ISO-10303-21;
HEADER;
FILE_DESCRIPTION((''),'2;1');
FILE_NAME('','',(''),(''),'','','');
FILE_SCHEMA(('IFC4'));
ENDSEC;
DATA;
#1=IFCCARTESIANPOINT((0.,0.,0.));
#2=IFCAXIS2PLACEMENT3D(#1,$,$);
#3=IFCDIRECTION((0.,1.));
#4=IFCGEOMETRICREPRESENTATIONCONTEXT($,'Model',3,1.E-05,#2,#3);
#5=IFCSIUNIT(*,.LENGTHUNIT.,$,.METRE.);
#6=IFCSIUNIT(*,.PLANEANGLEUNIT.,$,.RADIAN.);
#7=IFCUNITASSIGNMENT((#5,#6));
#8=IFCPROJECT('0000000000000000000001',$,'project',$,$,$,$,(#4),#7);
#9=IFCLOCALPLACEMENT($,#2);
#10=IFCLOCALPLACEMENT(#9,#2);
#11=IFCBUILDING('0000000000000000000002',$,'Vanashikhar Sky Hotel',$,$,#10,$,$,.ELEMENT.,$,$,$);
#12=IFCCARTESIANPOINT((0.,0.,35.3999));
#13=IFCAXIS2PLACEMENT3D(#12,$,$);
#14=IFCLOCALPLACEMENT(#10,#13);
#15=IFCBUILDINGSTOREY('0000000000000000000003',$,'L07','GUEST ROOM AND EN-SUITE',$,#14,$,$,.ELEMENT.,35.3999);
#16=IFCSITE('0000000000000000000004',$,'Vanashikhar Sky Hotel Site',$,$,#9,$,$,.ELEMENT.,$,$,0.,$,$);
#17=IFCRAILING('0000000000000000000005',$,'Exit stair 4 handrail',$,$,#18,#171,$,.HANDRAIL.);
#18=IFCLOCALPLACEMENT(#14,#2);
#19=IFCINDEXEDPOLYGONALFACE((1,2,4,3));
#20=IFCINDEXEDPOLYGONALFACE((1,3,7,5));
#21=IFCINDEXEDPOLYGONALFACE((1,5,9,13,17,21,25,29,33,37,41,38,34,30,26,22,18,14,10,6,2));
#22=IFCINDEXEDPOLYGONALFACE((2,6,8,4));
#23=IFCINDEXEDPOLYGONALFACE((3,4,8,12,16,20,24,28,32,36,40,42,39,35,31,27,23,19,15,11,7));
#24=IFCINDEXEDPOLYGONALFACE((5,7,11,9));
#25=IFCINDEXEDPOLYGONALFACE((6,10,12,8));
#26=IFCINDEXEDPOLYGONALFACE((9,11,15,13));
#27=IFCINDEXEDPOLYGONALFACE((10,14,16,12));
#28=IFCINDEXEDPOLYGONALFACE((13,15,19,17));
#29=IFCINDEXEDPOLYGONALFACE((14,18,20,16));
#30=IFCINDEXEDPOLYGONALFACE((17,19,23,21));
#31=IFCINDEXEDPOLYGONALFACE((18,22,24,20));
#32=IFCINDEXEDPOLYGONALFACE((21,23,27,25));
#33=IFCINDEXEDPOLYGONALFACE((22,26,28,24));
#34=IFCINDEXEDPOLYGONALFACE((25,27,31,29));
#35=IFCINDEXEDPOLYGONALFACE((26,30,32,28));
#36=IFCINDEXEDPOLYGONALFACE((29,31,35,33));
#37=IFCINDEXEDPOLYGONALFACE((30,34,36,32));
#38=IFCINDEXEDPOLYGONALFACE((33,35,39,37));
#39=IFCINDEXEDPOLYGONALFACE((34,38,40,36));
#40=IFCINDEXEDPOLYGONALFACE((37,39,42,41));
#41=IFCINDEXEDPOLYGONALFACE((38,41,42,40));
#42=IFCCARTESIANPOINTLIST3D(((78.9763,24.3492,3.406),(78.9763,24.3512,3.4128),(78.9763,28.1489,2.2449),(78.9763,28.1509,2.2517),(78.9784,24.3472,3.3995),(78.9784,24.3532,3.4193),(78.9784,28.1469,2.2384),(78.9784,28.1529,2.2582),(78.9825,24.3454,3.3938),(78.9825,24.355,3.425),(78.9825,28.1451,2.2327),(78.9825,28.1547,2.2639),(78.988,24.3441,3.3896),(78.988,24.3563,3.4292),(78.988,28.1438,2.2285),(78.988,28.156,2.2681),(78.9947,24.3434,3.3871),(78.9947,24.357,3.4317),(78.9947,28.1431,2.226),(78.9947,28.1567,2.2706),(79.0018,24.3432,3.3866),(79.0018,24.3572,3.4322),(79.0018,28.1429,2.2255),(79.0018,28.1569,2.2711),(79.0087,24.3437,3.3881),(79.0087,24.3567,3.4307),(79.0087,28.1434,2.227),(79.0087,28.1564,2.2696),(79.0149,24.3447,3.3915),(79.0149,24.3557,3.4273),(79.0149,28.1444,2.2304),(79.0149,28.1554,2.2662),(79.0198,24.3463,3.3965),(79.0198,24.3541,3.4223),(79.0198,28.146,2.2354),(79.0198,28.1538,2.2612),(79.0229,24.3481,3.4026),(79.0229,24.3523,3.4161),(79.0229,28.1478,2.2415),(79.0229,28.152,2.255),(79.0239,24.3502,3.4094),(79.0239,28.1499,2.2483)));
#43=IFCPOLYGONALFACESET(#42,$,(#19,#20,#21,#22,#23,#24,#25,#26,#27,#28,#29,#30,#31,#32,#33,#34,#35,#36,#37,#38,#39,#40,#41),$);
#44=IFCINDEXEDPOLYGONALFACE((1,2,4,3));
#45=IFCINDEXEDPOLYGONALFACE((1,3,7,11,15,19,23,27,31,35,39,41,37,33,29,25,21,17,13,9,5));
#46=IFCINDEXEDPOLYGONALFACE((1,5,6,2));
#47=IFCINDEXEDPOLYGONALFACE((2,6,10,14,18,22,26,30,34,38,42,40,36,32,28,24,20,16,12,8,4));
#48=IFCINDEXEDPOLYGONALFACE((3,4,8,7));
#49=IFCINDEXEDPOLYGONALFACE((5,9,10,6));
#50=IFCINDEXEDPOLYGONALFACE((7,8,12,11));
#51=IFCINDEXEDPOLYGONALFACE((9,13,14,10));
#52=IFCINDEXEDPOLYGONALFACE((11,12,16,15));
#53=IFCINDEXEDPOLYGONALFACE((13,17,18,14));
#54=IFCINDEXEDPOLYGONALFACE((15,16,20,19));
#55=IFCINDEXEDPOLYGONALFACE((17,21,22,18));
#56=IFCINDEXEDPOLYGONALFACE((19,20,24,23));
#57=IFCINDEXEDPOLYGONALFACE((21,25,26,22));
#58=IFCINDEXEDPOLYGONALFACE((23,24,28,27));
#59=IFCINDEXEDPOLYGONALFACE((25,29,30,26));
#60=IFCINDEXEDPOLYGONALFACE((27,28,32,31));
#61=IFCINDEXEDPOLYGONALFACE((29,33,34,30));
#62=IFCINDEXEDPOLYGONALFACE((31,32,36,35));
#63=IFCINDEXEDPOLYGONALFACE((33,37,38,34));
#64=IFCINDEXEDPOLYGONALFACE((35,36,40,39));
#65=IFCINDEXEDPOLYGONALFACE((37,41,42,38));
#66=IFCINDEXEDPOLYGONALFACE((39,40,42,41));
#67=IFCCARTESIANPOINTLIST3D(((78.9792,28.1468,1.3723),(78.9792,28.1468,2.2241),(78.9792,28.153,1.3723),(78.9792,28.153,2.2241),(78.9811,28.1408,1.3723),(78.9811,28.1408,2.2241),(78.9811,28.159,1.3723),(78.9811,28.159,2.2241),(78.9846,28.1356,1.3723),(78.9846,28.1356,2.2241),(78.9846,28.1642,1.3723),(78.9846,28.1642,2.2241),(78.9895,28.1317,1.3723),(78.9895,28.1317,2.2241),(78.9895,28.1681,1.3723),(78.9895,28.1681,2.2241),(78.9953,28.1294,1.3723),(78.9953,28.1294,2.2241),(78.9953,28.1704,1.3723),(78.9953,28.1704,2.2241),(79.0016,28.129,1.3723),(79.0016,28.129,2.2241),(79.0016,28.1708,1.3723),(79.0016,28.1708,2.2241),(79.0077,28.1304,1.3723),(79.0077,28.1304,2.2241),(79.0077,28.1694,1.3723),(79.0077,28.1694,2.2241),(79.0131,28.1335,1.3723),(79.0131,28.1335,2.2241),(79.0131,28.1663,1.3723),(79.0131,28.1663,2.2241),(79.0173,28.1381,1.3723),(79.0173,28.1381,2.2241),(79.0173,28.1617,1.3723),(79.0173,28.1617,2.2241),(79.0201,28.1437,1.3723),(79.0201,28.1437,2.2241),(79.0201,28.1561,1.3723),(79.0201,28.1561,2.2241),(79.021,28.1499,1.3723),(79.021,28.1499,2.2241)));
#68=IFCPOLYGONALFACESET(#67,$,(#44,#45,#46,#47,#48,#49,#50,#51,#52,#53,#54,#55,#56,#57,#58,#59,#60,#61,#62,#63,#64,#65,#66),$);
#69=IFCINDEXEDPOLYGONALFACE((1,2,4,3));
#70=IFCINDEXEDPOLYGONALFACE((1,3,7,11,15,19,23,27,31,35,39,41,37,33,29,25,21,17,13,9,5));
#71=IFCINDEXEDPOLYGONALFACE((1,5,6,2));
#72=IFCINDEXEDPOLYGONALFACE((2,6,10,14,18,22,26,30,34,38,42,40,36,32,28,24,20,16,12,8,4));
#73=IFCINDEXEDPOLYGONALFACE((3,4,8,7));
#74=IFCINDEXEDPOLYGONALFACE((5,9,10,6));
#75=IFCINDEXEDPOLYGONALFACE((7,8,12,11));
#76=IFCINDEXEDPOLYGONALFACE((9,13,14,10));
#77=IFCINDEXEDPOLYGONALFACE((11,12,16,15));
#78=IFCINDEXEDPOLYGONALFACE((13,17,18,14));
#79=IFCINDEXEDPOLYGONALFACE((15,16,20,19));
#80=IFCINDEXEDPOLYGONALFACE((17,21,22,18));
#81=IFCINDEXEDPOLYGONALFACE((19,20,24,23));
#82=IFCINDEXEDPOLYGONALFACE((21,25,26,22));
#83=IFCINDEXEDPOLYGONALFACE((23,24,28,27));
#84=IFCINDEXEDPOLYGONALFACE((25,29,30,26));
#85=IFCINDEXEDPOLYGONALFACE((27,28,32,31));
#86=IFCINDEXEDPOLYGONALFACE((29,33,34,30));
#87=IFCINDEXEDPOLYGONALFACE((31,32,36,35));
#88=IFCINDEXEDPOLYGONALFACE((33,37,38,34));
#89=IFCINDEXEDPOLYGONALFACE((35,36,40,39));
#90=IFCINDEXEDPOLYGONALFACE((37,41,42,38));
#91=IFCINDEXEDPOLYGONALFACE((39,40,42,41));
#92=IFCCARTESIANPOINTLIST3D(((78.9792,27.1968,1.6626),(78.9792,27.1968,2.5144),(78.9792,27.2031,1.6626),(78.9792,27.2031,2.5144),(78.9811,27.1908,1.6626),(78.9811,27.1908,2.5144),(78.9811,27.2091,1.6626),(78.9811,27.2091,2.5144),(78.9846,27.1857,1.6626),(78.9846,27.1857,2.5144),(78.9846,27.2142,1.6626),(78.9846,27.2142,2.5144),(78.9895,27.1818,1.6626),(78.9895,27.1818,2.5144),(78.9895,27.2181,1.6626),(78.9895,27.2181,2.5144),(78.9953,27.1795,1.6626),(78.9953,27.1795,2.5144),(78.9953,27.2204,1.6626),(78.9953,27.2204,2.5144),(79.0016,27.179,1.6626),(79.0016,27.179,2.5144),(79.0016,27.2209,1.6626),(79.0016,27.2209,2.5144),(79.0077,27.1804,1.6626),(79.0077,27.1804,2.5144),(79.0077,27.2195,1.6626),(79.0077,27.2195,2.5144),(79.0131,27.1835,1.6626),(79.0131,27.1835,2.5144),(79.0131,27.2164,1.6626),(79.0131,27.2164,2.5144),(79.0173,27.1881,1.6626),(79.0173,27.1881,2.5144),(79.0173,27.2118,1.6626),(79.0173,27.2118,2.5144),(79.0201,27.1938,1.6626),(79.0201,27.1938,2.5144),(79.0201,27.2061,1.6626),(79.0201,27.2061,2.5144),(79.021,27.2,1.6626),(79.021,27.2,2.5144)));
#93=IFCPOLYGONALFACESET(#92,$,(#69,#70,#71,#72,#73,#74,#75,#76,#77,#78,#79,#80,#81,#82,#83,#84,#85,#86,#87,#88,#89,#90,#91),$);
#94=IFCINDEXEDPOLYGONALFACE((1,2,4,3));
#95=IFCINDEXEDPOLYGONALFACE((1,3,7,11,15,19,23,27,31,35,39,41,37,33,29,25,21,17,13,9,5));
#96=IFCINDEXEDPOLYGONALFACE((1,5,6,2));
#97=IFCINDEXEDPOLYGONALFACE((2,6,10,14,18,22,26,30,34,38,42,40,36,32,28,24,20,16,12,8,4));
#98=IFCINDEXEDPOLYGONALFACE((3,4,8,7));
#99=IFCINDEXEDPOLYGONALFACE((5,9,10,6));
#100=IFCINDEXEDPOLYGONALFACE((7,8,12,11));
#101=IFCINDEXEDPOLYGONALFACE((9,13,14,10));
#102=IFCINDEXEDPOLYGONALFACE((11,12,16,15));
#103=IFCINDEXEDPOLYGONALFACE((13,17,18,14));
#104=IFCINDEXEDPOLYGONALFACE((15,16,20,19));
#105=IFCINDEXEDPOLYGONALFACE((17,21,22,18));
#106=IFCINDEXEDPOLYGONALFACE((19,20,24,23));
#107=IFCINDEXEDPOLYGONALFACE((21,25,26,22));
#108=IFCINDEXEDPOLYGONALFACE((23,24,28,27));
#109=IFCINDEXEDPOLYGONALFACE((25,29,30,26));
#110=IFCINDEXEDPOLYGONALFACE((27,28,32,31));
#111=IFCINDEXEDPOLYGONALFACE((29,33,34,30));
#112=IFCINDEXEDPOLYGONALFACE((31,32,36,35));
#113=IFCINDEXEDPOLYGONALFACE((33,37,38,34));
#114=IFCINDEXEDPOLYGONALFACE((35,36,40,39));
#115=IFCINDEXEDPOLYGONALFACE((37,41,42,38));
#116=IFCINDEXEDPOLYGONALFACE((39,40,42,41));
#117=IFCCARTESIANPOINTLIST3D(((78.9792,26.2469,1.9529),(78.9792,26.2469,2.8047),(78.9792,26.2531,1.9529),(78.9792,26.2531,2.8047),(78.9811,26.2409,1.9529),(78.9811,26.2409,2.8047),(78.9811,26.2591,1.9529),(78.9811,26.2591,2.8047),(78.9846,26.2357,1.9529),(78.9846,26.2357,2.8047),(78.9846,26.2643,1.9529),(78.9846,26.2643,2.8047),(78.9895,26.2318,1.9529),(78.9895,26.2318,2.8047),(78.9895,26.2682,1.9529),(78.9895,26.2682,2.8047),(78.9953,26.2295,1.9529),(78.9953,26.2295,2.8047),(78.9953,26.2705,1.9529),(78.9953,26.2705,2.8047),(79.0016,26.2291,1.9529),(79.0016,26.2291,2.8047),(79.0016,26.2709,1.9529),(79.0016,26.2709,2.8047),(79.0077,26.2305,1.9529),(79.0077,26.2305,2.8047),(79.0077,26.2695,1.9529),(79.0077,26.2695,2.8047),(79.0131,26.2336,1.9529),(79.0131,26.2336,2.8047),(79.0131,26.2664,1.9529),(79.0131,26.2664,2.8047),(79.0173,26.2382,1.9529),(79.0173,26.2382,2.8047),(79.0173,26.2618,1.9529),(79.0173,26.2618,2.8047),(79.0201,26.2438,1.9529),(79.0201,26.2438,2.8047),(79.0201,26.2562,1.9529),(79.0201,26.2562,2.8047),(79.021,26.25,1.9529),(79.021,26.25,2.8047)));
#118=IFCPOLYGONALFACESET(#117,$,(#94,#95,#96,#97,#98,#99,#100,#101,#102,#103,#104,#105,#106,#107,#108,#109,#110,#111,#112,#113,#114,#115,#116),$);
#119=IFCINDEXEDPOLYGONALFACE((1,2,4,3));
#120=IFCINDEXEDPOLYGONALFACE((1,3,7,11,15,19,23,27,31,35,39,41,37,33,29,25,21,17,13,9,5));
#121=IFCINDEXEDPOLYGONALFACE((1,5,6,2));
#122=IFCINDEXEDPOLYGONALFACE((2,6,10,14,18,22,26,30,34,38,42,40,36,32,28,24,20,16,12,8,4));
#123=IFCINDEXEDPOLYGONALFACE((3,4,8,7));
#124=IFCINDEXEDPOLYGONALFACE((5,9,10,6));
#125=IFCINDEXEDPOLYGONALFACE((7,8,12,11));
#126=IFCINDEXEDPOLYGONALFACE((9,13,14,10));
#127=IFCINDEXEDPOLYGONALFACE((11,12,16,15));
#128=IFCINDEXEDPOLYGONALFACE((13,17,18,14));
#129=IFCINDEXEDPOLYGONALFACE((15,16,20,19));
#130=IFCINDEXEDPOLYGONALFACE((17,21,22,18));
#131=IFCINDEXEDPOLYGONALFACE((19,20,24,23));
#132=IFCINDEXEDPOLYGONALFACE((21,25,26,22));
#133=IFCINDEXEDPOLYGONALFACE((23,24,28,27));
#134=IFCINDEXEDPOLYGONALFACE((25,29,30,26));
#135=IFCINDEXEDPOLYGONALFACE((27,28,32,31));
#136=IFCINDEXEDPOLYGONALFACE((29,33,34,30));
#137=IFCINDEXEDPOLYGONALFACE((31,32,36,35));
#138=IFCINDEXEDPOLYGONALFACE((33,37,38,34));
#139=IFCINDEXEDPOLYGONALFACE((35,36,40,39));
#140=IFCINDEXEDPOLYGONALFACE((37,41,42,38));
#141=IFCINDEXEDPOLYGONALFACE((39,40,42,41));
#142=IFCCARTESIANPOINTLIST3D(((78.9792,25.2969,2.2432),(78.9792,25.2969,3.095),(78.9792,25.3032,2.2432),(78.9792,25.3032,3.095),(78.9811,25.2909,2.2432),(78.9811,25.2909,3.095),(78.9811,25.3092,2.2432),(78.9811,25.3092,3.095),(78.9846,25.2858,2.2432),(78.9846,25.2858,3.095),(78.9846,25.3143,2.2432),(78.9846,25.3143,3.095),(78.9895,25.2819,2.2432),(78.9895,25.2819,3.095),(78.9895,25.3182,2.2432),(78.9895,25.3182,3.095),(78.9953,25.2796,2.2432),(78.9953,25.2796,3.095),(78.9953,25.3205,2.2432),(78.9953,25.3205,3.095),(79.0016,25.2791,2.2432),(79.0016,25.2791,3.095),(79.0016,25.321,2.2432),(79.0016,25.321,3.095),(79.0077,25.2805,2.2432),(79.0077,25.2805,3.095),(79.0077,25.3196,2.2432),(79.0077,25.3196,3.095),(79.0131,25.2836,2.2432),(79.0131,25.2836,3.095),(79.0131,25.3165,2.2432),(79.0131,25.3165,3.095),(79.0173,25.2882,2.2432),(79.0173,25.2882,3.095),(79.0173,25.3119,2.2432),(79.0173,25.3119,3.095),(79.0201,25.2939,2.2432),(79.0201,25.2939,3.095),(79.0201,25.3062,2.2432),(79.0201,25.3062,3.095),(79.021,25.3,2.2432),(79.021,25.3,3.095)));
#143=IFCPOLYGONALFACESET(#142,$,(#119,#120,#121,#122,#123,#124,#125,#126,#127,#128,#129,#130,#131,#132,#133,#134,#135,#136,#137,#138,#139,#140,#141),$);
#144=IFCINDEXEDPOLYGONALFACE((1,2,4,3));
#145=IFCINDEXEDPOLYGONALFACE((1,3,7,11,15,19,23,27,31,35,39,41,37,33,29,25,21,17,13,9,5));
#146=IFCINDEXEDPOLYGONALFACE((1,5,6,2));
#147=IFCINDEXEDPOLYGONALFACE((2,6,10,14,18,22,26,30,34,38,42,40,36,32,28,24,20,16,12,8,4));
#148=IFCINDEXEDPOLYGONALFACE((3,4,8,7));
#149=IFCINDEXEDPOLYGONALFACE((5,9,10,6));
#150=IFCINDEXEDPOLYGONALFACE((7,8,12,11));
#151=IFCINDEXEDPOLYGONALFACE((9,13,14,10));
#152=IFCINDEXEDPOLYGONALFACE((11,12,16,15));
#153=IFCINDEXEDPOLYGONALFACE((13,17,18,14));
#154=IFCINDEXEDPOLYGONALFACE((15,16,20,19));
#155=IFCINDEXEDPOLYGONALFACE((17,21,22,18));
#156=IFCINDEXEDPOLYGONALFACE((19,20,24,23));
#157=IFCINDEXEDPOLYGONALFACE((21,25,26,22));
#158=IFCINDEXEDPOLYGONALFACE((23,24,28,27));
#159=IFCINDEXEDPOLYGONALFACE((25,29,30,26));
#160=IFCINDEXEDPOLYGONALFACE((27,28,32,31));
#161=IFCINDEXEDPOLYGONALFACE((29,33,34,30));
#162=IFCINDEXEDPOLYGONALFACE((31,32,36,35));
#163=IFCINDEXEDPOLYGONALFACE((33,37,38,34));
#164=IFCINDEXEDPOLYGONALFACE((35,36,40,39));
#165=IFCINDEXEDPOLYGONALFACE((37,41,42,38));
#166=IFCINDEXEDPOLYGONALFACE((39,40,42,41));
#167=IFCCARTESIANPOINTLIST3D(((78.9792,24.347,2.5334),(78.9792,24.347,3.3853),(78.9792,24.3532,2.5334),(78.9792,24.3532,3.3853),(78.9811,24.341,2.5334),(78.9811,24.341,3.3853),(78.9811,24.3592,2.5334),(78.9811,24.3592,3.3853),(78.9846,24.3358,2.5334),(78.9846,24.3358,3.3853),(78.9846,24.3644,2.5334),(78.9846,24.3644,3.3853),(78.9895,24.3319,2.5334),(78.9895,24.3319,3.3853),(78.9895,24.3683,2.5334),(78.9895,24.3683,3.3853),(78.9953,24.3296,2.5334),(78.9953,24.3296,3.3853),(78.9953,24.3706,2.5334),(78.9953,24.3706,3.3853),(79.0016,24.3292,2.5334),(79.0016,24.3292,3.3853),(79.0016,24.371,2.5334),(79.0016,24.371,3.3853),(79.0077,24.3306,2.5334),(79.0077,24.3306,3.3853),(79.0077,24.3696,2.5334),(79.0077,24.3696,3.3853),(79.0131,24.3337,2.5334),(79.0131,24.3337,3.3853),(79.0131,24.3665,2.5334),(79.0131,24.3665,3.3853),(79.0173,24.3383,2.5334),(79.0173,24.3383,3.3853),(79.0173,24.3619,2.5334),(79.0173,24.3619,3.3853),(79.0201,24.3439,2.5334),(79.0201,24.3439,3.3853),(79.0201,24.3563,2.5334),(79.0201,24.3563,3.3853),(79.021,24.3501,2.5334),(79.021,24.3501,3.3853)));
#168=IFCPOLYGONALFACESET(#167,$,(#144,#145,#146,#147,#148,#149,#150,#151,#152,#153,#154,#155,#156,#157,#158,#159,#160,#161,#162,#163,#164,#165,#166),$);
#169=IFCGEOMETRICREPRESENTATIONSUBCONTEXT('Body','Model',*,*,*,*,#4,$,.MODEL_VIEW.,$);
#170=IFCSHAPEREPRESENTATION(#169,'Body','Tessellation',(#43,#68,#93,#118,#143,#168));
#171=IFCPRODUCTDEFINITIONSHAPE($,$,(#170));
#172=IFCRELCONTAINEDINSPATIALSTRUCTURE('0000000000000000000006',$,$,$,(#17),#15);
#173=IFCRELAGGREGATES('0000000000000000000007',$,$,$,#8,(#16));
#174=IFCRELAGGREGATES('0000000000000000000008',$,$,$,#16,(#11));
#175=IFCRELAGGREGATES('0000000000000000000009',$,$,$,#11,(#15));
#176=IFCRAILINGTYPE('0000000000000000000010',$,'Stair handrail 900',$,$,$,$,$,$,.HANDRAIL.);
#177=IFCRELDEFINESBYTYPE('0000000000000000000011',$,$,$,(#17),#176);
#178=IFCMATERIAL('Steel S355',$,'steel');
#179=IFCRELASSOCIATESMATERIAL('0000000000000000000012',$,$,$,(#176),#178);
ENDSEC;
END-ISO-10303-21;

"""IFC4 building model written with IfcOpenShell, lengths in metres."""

from ifc_helpers import new_model, si_unit, direction, frame, origin, origin_2d, place, context, subcontext, project, spatial, circle, extrude, source, transform, mapped, material, type_object, element, save


model = new_model("IFC4")

# Units and contexts
model_context = context("Model", 3, precision=1e-05, world=origin(), true_north=direction((0.0, 1.0)))
body_context = subcontext(model_context, "Body", "Model", "MODEL_VIEW")
ifc_project = project(units=[si_unit("LENGTHUNIT", "METRE"), si_unit("PLANEANGLEUNIT", "RADIAN")], contexts=[model_context])

# Site, building, storey
site_placement = place(None, origin())
site = spatial("IfcSite", under=ifc_project, at=site_placement, Name="Vanashikhar Sky Hotel Site", CompositionType="ELEMENT", RefElevation=0.0)
building_placement = place(site_placement, origin())
building = spatial("IfcBuilding", under=site, at=building_placement, Name="Vanashikhar Sky Hotel", CompositionType="ELEMENT")
storey_placement = place(building_placement, frame((0.0, 0.0, 35.3999)))
storey = spatial("IfcBuildingStorey", under=building, at=storey_placement, Name="L07", Description="GUEST ROOM AND EN-SUITE", CompositionType="ELEMENT", Elevation=35.3999)

# Railing
ifc_material_1 = material(Name="Steel S355", Category="steel")
railing_type_1 = type_object("IfcRailingType", Name="Stair handrail 900", PredefinedType="HANDRAIL", material=ifc_material_1)
shared_shape_1 = source(origin(), body_context, "Body", "SweptSolid", [
    extrude(circle(Radius=0.0239, at=origin_2d()), frame((0.0, 0.0, 0.876), z_axis=(0.0, -0.956346, 0.292237), x_axis=(1.0, 0.0, 0.0)), (0.0, 0.0, 1.0), 3.9731),
    extrude(circle(Radius=0.021, at=origin_2d()), origin(), (0.0, 0.0, 1.0), 0.8518),
    extrude(circle(Radius=0.021, at=origin_2d()), frame((0.0, -0.95, 0.2903)), (0.0, 0.0, 1.0), 0.8518),
    extrude(circle(Radius=0.021, at=origin_2d()), frame((0.0, -1.8999, 0.5806)), (0.0, 0.0, 1.0), 0.8518),
    extrude(circle(Radius=0.021, at=origin_2d()), frame((0.0, -2.8499, 0.8708)), (0.0, 0.0, 1.0), 0.8518),
    extrude(circle(Radius=0.021, at=origin_2d()), frame((0.0, -3.7998, 1.1611)), (0.0, 0.0, 1.0), 0.8518),
])
railing_1_placement = place(storey_placement, frame((79.0, 28.1499, 1.3723)))
element("IfcRailing", 1, at=railing_1_placement, inside=storey, type_object=railing_type_1, Name="Exit stair 4 handrail", PredefinedType="HANDRAIL", context=body_context, shape_type="MappedRepresentation", body=[
    mapped(shared_shape_1, transform((0.0, 0.0, 0.0), scale=1.0)),
])

save(model, "model.ifc")
